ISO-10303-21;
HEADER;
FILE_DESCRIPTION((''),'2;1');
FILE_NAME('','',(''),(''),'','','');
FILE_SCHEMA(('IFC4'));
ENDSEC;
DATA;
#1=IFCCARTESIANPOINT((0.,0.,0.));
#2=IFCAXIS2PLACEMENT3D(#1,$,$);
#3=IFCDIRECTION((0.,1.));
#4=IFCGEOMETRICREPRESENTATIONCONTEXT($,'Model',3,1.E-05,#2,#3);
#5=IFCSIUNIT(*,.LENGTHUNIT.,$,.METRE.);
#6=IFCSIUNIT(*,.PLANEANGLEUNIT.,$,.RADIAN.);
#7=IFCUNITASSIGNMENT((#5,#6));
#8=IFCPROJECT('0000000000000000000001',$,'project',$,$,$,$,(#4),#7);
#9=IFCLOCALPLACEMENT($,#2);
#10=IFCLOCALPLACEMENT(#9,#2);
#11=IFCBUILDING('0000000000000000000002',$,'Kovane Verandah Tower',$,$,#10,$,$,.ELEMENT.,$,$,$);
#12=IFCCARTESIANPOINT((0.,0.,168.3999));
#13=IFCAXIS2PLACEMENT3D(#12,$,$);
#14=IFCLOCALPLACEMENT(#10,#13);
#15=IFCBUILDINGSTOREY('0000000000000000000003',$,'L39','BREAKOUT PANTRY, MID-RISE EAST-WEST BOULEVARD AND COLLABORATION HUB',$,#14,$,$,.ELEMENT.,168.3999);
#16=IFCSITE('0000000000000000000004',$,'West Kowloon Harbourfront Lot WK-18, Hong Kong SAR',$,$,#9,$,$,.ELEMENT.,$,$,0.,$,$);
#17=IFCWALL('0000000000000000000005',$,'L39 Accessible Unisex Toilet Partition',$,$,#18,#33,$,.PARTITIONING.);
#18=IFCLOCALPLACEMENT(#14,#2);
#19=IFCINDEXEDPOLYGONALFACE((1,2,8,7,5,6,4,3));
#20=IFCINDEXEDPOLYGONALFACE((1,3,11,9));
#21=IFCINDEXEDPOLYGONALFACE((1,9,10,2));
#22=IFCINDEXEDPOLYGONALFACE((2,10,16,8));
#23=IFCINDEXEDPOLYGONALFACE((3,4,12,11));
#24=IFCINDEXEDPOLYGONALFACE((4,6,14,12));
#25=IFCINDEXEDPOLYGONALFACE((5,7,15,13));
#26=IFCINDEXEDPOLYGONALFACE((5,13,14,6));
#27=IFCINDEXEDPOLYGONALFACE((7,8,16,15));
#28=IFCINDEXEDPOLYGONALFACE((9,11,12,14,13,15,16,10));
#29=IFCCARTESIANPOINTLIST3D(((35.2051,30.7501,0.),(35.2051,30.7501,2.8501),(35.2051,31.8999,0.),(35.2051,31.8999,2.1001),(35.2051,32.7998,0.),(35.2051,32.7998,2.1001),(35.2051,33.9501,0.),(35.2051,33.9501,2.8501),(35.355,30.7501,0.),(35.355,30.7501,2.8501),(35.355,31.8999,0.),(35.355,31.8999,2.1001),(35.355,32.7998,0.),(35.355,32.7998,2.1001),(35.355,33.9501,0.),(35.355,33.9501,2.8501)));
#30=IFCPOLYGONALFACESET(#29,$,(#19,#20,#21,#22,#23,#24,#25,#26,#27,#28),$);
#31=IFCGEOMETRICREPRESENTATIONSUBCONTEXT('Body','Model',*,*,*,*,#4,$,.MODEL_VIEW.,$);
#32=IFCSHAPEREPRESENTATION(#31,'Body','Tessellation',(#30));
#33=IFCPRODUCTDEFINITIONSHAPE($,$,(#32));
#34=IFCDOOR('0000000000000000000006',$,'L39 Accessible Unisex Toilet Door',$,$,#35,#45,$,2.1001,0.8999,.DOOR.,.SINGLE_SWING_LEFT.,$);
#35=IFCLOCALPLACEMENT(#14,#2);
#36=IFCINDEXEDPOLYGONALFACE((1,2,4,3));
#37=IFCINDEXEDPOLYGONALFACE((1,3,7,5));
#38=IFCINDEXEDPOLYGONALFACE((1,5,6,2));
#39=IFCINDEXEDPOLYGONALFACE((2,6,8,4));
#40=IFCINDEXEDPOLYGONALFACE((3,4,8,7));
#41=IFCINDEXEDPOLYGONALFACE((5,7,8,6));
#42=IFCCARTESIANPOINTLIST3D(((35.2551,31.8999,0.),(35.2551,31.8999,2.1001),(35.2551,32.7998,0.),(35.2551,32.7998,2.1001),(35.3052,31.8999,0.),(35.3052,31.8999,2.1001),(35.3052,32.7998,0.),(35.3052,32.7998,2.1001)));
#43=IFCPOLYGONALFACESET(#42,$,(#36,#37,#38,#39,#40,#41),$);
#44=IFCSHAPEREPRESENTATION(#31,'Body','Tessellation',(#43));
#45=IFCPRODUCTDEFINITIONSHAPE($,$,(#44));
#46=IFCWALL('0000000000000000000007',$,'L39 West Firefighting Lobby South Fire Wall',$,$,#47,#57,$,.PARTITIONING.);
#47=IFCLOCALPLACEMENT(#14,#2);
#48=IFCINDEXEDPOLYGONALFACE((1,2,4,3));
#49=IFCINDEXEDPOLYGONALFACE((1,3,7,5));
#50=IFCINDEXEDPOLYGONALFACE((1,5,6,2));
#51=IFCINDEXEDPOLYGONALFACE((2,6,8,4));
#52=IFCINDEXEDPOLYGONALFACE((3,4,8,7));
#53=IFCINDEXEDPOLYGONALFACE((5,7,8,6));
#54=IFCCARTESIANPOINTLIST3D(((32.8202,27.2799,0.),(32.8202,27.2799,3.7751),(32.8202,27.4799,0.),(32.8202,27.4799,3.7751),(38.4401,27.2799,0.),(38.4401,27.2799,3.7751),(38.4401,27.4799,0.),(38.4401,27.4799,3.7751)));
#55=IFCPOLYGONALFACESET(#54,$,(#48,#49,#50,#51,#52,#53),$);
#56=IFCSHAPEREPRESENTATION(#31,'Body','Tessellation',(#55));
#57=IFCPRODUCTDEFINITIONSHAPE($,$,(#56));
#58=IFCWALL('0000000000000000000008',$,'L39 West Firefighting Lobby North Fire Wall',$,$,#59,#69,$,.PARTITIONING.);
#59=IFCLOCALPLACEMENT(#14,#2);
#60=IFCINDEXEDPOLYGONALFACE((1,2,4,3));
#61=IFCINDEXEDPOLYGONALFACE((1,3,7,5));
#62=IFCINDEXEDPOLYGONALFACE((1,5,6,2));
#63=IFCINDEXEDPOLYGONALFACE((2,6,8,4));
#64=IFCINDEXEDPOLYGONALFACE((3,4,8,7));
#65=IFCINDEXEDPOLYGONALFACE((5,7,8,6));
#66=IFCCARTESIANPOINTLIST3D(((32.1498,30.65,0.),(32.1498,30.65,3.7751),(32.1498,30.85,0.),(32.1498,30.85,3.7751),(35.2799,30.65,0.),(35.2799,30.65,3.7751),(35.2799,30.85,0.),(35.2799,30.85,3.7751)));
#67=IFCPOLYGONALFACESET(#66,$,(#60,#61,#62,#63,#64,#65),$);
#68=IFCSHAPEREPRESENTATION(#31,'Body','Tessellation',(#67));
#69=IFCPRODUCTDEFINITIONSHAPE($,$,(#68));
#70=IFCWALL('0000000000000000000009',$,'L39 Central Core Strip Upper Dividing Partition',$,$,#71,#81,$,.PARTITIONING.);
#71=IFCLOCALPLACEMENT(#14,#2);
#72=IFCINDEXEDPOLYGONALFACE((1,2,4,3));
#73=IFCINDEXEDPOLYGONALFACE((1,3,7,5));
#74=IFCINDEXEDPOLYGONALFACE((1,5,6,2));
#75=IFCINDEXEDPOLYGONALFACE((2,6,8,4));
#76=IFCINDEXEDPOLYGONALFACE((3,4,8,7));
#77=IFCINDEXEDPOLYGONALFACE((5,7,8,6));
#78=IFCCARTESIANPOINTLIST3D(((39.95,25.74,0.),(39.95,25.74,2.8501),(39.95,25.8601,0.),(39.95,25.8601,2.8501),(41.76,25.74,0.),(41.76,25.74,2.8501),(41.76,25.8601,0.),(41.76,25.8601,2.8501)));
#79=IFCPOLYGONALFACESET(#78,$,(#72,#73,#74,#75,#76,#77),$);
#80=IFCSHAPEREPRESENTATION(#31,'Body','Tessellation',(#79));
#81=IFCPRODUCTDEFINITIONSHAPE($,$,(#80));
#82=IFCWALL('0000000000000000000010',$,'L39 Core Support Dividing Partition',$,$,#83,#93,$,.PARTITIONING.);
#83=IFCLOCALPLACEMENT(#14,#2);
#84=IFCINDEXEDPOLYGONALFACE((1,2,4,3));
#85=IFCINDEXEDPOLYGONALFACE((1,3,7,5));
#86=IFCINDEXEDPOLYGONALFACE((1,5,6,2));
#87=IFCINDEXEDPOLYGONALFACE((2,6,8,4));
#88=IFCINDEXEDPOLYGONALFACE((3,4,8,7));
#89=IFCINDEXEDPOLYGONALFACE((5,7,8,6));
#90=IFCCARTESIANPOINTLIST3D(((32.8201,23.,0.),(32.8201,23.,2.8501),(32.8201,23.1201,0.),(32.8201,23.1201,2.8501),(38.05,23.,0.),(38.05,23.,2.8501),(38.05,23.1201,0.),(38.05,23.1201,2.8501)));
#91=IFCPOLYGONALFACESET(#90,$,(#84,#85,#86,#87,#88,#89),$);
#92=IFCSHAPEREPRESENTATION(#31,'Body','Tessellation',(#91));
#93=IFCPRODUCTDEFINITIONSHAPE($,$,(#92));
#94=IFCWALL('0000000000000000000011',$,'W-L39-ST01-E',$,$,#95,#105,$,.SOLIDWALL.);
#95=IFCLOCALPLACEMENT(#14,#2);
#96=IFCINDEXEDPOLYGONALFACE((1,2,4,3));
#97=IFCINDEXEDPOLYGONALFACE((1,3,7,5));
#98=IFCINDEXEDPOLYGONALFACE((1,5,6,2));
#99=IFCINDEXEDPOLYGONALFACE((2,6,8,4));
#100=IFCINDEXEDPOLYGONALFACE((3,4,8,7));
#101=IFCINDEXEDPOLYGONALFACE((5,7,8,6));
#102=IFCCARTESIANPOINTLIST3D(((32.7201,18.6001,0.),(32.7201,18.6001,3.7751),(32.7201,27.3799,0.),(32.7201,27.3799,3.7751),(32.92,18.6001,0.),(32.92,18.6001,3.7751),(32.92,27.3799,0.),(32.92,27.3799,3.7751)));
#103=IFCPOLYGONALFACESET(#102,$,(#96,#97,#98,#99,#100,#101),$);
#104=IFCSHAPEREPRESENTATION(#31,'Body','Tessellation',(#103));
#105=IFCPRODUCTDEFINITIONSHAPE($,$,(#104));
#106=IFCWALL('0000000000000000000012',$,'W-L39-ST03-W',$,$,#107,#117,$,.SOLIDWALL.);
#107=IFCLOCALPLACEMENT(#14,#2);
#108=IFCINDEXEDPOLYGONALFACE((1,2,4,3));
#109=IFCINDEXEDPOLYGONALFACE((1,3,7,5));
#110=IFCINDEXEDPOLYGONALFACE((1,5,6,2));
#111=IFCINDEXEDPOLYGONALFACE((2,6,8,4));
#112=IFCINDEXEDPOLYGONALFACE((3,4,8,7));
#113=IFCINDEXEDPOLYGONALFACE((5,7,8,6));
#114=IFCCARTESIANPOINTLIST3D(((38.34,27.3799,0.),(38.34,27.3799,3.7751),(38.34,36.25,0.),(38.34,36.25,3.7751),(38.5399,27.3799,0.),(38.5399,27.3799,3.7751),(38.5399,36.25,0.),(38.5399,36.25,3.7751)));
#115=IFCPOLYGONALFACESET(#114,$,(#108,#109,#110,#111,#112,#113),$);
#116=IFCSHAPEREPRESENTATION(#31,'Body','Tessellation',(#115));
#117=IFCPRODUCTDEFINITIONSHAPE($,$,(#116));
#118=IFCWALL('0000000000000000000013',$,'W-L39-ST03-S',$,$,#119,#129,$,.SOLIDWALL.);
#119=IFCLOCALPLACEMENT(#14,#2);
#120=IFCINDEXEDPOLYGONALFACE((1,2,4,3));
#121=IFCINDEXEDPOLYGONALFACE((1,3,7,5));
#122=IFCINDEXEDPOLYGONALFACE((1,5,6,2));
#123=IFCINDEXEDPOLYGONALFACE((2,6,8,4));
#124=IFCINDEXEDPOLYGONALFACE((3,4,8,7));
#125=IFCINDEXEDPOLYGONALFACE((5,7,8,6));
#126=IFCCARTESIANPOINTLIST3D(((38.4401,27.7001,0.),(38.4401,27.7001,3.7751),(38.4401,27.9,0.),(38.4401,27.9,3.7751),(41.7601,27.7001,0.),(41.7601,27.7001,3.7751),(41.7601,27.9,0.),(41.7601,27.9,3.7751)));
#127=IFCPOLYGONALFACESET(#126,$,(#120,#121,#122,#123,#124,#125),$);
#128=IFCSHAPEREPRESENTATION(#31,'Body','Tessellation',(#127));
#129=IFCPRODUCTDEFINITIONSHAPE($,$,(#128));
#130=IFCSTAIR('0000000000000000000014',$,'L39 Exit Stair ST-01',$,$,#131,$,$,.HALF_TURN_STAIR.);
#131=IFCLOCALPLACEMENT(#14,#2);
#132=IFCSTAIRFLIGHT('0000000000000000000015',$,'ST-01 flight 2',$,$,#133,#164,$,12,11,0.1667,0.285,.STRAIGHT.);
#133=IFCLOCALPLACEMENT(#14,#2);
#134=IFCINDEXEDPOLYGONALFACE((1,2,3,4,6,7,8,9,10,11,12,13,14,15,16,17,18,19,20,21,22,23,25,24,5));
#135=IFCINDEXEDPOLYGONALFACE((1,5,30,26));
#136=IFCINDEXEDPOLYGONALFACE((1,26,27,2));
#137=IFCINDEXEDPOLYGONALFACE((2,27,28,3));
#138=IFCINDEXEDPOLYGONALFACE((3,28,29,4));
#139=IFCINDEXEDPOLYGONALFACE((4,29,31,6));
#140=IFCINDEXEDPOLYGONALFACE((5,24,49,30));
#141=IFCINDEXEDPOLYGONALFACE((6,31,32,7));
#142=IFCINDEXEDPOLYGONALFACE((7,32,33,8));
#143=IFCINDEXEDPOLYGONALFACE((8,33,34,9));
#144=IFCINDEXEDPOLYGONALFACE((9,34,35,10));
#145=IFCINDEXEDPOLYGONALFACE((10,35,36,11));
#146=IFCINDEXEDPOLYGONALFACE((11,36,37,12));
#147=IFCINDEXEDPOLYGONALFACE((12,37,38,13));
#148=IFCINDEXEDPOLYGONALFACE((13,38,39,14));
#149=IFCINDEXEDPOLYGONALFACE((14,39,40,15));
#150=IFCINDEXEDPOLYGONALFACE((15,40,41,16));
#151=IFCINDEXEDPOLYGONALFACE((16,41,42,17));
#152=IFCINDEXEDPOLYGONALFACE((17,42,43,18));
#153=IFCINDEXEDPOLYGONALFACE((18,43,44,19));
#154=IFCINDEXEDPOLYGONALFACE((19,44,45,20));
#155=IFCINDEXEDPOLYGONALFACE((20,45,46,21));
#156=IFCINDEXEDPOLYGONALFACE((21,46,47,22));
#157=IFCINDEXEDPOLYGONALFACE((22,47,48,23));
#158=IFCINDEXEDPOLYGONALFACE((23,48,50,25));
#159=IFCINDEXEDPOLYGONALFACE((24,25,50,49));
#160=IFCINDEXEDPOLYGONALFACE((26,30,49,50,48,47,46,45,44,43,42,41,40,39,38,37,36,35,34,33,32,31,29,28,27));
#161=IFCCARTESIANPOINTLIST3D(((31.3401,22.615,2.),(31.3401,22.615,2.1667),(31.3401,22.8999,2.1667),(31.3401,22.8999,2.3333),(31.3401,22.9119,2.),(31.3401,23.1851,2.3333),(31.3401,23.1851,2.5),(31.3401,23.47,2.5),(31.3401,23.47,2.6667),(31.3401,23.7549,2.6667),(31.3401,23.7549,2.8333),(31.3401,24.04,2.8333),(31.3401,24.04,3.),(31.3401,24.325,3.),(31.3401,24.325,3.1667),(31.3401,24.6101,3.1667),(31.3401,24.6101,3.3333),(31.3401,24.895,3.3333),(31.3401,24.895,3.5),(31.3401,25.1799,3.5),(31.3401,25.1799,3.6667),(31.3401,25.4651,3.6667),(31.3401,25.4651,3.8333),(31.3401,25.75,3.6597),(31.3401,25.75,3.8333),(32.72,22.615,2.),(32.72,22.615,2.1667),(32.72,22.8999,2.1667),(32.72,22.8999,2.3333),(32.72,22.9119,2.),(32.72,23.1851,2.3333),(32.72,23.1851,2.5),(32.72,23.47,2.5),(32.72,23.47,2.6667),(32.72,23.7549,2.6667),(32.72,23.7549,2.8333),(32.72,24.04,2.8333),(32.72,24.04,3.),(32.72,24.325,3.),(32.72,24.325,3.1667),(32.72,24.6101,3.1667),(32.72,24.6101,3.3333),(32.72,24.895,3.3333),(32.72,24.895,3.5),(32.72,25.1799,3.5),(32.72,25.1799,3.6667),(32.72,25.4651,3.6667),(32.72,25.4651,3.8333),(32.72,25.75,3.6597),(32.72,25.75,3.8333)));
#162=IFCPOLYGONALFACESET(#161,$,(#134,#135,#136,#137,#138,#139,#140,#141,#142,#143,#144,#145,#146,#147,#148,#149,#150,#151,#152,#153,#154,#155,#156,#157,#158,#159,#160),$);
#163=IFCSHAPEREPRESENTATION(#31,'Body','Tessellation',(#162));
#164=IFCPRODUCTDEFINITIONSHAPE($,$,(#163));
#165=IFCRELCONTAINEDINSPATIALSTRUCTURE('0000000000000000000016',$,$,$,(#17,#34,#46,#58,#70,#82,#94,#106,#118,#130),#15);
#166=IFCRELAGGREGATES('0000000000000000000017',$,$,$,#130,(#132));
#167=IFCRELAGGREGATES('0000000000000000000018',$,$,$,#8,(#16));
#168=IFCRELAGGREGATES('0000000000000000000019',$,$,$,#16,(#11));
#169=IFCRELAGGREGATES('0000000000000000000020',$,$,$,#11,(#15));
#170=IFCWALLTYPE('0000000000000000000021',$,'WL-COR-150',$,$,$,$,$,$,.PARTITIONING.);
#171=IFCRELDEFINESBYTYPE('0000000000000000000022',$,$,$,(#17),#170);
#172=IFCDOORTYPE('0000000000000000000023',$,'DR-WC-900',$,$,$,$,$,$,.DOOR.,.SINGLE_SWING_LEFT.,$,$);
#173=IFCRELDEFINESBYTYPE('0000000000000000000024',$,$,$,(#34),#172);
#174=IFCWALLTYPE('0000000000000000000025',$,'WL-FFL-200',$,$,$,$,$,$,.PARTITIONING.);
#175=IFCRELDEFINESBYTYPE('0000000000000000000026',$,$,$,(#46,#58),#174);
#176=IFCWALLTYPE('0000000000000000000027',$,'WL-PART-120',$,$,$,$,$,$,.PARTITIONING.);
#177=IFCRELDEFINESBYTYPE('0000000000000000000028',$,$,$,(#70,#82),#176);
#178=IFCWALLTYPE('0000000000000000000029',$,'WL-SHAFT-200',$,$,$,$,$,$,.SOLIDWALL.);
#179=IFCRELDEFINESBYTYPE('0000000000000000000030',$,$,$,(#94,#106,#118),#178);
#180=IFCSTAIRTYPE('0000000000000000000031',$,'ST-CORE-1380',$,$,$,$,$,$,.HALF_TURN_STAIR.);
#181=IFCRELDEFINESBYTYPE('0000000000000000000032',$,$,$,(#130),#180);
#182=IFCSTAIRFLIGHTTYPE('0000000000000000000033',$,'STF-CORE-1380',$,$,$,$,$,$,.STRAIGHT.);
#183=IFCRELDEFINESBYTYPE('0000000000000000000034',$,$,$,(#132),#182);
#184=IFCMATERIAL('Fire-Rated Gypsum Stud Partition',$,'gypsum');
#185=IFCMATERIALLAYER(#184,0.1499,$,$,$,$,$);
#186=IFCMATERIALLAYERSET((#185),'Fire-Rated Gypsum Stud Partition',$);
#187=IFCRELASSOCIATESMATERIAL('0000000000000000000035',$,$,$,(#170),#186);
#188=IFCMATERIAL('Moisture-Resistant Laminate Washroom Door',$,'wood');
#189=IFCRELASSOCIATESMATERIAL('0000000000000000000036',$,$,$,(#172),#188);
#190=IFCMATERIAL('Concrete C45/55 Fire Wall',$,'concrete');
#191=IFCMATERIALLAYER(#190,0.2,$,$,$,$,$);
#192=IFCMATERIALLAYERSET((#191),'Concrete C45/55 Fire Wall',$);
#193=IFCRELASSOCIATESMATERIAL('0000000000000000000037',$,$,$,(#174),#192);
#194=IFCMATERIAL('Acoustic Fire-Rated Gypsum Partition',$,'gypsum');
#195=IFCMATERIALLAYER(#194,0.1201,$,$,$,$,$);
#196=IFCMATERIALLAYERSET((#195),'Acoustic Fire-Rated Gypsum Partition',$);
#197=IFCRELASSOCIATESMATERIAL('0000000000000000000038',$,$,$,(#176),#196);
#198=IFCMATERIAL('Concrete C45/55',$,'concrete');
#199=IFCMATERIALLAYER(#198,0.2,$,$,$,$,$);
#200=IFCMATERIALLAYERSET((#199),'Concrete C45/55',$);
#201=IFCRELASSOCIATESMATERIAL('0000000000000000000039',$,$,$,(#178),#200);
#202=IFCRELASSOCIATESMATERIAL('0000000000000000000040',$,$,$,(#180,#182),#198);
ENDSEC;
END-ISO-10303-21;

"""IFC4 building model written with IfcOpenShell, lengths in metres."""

from ifc_helpers import new_model, si_unit, direction, frame, frame_2d, origin, place, context, subcontext, project, spatial, polyline, rectangle, outline, extrude, material, layer, layer_set, type_object, element, fill, aggregate, save


model = new_model("IFC4")

# Units and contexts
model_context = context("Model", 3, precision=1e-05, world=origin(), true_north=direction((0.0, 1.0)))
body_context = subcontext(model_context, "Body", "Model", "MODEL_VIEW")
ifc_project = project(units=[si_unit("LENGTHUNIT", "METRE"), si_unit("PLANEANGLEUNIT", "RADIAN")], contexts=[model_context])

# Site, building, storey
site_placement = place(None, origin())
site = spatial("IfcSite", under=ifc_project, at=site_placement, Name="West Kowloon Harbourfront Lot WK-18, Hong Kong SAR", CompositionType="ELEMENT", RefElevation=0.0)
building_placement = place(site_placement, origin())
building = spatial("IfcBuilding", under=site, at=building_placement, Name="Kovane Verandah Tower", CompositionType="ELEMENT")
storey_placement = place(building_placement, frame((0.0, 0.0, 168.3999)))
storey = spatial("IfcBuildingStorey", under=building, at=storey_placement, Name="L39", Description="BREAKOUT PANTRY, MID-RISE EAST-WEST BOULEVARD AND COLLABORATION HUB", CompositionType="ELEMENT", Elevation=168.3999)

# Shared definitions
ifc_material_1 = material(Name="Fire-Rated Gypsum Stud Partition", Category="gypsum")
ifc_layer_1 = layer(ifc_material_1, 0.1499)
ifc_layer_set_1 = layer_set([ifc_layer_1], Name="Fire-Rated Gypsum Stud Partition")
wall_type_1 = type_object("IfcWallType", Name="WL-COR-150", PredefinedType="PARTITIONING", material=ifc_layer_set_1)

# Wall, opening, door
ifc_material_2 = material(Name="Moisture-Resistant Laminate Washroom Door", Category="wood")
door_type_1 = type_object("IfcDoorType", Name="DR-WC-900", OperationType="SINGLE_SWING_LEFT", PredefinedType="DOOR", material=ifc_material_2)
wall_1_placement = place(storey_placement, frame((35.28, 30.75, 0.0), z_axis=(0.0, 0.0, 1.0), x_axis=(0.0, 1.0, 0.0)))
wall_1 = element("IfcWall", 1, at=wall_1_placement, inside=storey, type_object=wall_type_1, Name="L39 Accessible Unisex Toilet Partition", PredefinedType="PARTITIONING", context=body_context, shape_type="SweptSolid", body=[
    extrude(rectangle(XDim=3.2, YDim=0.1499, at=frame_2d((1.6001, 0.0))), origin(), (0.0, 0.0, 1.0), 2.8501),
])
opening_1_placement = place(wall_1_placement, frame((1.1499, 0.0, 0.0)))
opening_1 = element("IfcOpeningElement", 2, at=opening_1_placement, cuts=wall_1, PredefinedType="OPENING", context=body_context, shape_type="SweptSolid", body=[
    extrude(rectangle(XDim=0.8999, YDim=2.1001, at=frame_2d((0.45, 1.05))), frame((0.0, 0.075, 0.0), z_axis=(0.0, -1.0, 0.0), x_axis=(1.0, 0.0, 0.0)), (0.0, 0.0, 1.0), 0.1499),
])
door_1_placement = place(opening_1_placement, origin())
door_1 = element("IfcDoor", 3, at=door_1_placement, inside=storey, type_object=door_type_1, Name="L39 Accessible Unisex Toilet Door", OperationType="SINGLE_SWING_LEFT", OverallHeight=2.1001, OverallWidth=0.8999, PredefinedType="DOOR", context=body_context, shape_type="SweptSolid", body=[
    extrude(rectangle(XDim=0.8999, YDim=2.1001, at=frame_2d((0.45, 1.05))), frame((0.0, 0.0249, 0.0), z_axis=(0.0, -1.0, 0.0), x_axis=(1.0, 0.0, 0.0)), (0.0, 0.0, 1.0), 0.05),
])
fill(opening_1, door_1)
ifc_material_3 = material(Name="Concrete C45/55 Fire Wall", Category="concrete")
ifc_layer_2 = layer(ifc_material_3, 0.2)
ifc_layer_set_2 = layer_set([ifc_layer_2], Name="Concrete C45/55 Fire Wall")
wall_type_2 = type_object("IfcWallType", Name="WL-FFL-200", PredefinedType="PARTITIONING", material=ifc_layer_set_2)

# Walls
wall_2_placement = place(storey_placement, frame((32.8201, 27.3799, 0.0), z_axis=(0.0, 0.0, 1.0), x_axis=(1.0, 0.0, 0.0)))
element("IfcWall", 4, at=wall_2_placement, inside=storey, type_object=wall_type_2, Name="L39 West Firefighting Lobby South Fire Wall", PredefinedType="PARTITIONING", context=body_context, shape_type="SweptSolid", body=[
    extrude(rectangle(XDim=5.6199, YDim=0.2, at=frame_2d((2.8101, 0.0))), origin(), (0.0, 0.0, 1.0), 3.7751),
])
wall_3_placement = place(storey_placement, frame((32.1499, 30.75, 0.0), z_axis=(0.0, 0.0, 1.0), x_axis=(1.0, 0.0, 0.0)))
element("IfcWall", 5, at=wall_3_placement, inside=storey, type_object=wall_type_2, Name="L39 West Firefighting Lobby North Fire Wall", PredefinedType="PARTITIONING", context=body_context, shape_type="SweptSolid", body=[
    extrude(rectangle(XDim=3.1301, YDim=0.2, at=frame_2d((1.5649, 0.0))), origin(), (0.0, 0.0, 1.0), 3.7751),
])
ifc_material_4 = material(Name="Acoustic Fire-Rated Gypsum Partition", Category="gypsum")
ifc_layer_3 = layer(ifc_material_4, 0.1201)
ifc_layer_set_3 = layer_set([ifc_layer_3], Name="Acoustic Fire-Rated Gypsum Partition")
wall_type_3 = type_object("IfcWallType", Name="WL-PART-120", PredefinedType="PARTITIONING", material=ifc_layer_set_3)
wall_4_placement = place(storey_placement, frame((39.95, 25.8, 0.0), z_axis=(0.0, 0.0, 1.0), x_axis=(1.0, 0.0, 0.0)))
element("IfcWall", 6, at=wall_4_placement, inside=storey, type_object=wall_type_3, Name="L39 Central Core Strip Upper Dividing Partition", PredefinedType="PARTITIONING", context=body_context, shape_type="SweptSolid", body=[
    extrude(rectangle(XDim=1.8101, YDim=0.1201, at=frame_2d((0.905, 0.0))), origin(), (0.0, 0.0, 1.0), 2.8501),
])
wall_5_placement = place(storey_placement, frame((32.8201, 23.0601, 0.0), z_axis=(0.0, 0.0, 1.0), x_axis=(1.0, 0.0, 0.0)))
element("IfcWall", 7, at=wall_5_placement, inside=storey, type_object=wall_type_3, Name="L39 Core Support Dividing Partition", PredefinedType="PARTITIONING", context=body_context, shape_type="SweptSolid", body=[
    extrude(rectangle(XDim=5.23, YDim=0.1201, at=frame_2d((2.615, 0.0))), origin(), (0.0, 0.0, 1.0), 2.8501),
])
ifc_material_5 = material(Name="Concrete C45/55", Category="concrete")
ifc_layer_4 = layer(ifc_material_5, 0.2)
ifc_layer_set_4 = layer_set([ifc_layer_4], Name="Concrete C45/55")
wall_type_4 = type_object("IfcWallType", Name="WL-SHAFT-200", PredefinedType="SOLIDWALL", material=ifc_layer_set_4)
wall_6_placement = place(storey_placement, frame((32.8201, 18.6001, 0.0), z_axis=(0.0, 0.0, 1.0), x_axis=(0.0, 1.0, 0.0)))
element("IfcWall", 8, at=wall_6_placement, inside=storey, type_object=wall_type_4, Name="W-L39-ST01-E", PredefinedType="SOLIDWALL", context=body_context, shape_type="SweptSolid", body=[
    extrude(rectangle(XDim=8.7798, YDim=0.2, at=frame_2d((4.3899, 0.0))), origin(), (0.0, 0.0, 1.0), 3.7751),
])
wall_7_placement = place(storey_placement, frame((38.4399, 27.3799, 0.0), z_axis=(0.0, 0.0, 1.0), x_axis=(0.0, 1.0, 0.0)))
element("IfcWall", 9, at=wall_7_placement, inside=storey, type_object=wall_type_4, Name="W-L39-ST03-W", PredefinedType="SOLIDWALL", context=body_context, shape_type="SweptSolid", body=[
    extrude(rectangle(XDim=8.8701, YDim=0.2, at=frame_2d((4.4351, 0.0))), origin(), (0.0, 0.0, 1.0), 3.7751),
])
wall_8_placement = place(storey_placement, frame((38.4399, 27.8, 0.0), z_axis=(0.0, 0.0, 1.0), x_axis=(1.0, 0.0, 0.0)))
element("IfcWall", 10, at=wall_8_placement, inside=storey, type_object=wall_type_4, Name="W-L39-ST03-S", PredefinedType="SOLIDWALL", context=body_context, shape_type="SweptSolid", body=[
    extrude(rectangle(XDim=3.3201, YDim=0.2, at=frame_2d((1.6602, 0.0))), origin(), (0.0, 0.0, 1.0), 3.7751),
])

# Stair, stair flight
stair_type = type_object("IfcStairType", Name="ST-CORE-1380", PredefinedType="HALF_TURN_STAIR", material=ifc_material_5)
stair_placement = place(storey_placement, origin())
stair = element("IfcStair", 11, at=stair_placement, inside=storey, type_object=stair_type, Name="L39 Exit Stair ST-01", PredefinedType="HALF_TURN_STAIR")
stair_flight_type = type_object("IfcStairFlightType", Name="STF-CORE-1380", PredefinedType="STRAIGHT", material=ifc_material_5)
stair_flight_placement = place(storey_placement, frame((32.03, 22.615, 2.0), z_axis=(0.0, 0.0, 1.0), x_axis=(0.0, 1.0, 0.0)))
stair_flight = element("IfcStairFlight", 12, at=stair_flight_placement, type_object=stair_flight_type, Name="ST-01 flight 2", NumberOfRisers=12, NumberOfTreads=11, PredefinedType="STRAIGHT", RiserHeight=0.1667, TreadLength=0.285, context=body_context, shape_type="SweptSolid", body=[
    extrude(outline(polyline([(0.0, 0.0), (0.0, 0.1667), (0.2849, 0.1667), (0.2849, 0.3333), (0.5701, 0.3333), (0.5701, 0.5), (0.855, 0.5), (0.855, 0.6667), (1.1399, 0.6667), (1.1399, 0.8333), (1.425, 0.8333), (1.425, 1.0), (1.71, 1.0), (1.71, 1.1667), (1.9951, 1.1667), (1.9951, 1.3333), (2.28, 1.3333), (2.28, 1.5), (2.5649, 1.5), (2.5649, 1.6667), (2.8501, 1.6667), (2.8501, 1.8333), (3.135, 1.8333), (3.135, 2.0), (3.135, 1.6597), (0.2969, 0.0), (0.0, 0.0)])), frame((0.0, 0.6899, 0.0), z_axis=(0.0, -1.0, 0.0), x_axis=(1.0, 0.0, 0.0)), (0.0, 0.0, 1.0), 1.3799),
])
aggregate(stair, [stair_flight])

save(model, "model.ifc")
